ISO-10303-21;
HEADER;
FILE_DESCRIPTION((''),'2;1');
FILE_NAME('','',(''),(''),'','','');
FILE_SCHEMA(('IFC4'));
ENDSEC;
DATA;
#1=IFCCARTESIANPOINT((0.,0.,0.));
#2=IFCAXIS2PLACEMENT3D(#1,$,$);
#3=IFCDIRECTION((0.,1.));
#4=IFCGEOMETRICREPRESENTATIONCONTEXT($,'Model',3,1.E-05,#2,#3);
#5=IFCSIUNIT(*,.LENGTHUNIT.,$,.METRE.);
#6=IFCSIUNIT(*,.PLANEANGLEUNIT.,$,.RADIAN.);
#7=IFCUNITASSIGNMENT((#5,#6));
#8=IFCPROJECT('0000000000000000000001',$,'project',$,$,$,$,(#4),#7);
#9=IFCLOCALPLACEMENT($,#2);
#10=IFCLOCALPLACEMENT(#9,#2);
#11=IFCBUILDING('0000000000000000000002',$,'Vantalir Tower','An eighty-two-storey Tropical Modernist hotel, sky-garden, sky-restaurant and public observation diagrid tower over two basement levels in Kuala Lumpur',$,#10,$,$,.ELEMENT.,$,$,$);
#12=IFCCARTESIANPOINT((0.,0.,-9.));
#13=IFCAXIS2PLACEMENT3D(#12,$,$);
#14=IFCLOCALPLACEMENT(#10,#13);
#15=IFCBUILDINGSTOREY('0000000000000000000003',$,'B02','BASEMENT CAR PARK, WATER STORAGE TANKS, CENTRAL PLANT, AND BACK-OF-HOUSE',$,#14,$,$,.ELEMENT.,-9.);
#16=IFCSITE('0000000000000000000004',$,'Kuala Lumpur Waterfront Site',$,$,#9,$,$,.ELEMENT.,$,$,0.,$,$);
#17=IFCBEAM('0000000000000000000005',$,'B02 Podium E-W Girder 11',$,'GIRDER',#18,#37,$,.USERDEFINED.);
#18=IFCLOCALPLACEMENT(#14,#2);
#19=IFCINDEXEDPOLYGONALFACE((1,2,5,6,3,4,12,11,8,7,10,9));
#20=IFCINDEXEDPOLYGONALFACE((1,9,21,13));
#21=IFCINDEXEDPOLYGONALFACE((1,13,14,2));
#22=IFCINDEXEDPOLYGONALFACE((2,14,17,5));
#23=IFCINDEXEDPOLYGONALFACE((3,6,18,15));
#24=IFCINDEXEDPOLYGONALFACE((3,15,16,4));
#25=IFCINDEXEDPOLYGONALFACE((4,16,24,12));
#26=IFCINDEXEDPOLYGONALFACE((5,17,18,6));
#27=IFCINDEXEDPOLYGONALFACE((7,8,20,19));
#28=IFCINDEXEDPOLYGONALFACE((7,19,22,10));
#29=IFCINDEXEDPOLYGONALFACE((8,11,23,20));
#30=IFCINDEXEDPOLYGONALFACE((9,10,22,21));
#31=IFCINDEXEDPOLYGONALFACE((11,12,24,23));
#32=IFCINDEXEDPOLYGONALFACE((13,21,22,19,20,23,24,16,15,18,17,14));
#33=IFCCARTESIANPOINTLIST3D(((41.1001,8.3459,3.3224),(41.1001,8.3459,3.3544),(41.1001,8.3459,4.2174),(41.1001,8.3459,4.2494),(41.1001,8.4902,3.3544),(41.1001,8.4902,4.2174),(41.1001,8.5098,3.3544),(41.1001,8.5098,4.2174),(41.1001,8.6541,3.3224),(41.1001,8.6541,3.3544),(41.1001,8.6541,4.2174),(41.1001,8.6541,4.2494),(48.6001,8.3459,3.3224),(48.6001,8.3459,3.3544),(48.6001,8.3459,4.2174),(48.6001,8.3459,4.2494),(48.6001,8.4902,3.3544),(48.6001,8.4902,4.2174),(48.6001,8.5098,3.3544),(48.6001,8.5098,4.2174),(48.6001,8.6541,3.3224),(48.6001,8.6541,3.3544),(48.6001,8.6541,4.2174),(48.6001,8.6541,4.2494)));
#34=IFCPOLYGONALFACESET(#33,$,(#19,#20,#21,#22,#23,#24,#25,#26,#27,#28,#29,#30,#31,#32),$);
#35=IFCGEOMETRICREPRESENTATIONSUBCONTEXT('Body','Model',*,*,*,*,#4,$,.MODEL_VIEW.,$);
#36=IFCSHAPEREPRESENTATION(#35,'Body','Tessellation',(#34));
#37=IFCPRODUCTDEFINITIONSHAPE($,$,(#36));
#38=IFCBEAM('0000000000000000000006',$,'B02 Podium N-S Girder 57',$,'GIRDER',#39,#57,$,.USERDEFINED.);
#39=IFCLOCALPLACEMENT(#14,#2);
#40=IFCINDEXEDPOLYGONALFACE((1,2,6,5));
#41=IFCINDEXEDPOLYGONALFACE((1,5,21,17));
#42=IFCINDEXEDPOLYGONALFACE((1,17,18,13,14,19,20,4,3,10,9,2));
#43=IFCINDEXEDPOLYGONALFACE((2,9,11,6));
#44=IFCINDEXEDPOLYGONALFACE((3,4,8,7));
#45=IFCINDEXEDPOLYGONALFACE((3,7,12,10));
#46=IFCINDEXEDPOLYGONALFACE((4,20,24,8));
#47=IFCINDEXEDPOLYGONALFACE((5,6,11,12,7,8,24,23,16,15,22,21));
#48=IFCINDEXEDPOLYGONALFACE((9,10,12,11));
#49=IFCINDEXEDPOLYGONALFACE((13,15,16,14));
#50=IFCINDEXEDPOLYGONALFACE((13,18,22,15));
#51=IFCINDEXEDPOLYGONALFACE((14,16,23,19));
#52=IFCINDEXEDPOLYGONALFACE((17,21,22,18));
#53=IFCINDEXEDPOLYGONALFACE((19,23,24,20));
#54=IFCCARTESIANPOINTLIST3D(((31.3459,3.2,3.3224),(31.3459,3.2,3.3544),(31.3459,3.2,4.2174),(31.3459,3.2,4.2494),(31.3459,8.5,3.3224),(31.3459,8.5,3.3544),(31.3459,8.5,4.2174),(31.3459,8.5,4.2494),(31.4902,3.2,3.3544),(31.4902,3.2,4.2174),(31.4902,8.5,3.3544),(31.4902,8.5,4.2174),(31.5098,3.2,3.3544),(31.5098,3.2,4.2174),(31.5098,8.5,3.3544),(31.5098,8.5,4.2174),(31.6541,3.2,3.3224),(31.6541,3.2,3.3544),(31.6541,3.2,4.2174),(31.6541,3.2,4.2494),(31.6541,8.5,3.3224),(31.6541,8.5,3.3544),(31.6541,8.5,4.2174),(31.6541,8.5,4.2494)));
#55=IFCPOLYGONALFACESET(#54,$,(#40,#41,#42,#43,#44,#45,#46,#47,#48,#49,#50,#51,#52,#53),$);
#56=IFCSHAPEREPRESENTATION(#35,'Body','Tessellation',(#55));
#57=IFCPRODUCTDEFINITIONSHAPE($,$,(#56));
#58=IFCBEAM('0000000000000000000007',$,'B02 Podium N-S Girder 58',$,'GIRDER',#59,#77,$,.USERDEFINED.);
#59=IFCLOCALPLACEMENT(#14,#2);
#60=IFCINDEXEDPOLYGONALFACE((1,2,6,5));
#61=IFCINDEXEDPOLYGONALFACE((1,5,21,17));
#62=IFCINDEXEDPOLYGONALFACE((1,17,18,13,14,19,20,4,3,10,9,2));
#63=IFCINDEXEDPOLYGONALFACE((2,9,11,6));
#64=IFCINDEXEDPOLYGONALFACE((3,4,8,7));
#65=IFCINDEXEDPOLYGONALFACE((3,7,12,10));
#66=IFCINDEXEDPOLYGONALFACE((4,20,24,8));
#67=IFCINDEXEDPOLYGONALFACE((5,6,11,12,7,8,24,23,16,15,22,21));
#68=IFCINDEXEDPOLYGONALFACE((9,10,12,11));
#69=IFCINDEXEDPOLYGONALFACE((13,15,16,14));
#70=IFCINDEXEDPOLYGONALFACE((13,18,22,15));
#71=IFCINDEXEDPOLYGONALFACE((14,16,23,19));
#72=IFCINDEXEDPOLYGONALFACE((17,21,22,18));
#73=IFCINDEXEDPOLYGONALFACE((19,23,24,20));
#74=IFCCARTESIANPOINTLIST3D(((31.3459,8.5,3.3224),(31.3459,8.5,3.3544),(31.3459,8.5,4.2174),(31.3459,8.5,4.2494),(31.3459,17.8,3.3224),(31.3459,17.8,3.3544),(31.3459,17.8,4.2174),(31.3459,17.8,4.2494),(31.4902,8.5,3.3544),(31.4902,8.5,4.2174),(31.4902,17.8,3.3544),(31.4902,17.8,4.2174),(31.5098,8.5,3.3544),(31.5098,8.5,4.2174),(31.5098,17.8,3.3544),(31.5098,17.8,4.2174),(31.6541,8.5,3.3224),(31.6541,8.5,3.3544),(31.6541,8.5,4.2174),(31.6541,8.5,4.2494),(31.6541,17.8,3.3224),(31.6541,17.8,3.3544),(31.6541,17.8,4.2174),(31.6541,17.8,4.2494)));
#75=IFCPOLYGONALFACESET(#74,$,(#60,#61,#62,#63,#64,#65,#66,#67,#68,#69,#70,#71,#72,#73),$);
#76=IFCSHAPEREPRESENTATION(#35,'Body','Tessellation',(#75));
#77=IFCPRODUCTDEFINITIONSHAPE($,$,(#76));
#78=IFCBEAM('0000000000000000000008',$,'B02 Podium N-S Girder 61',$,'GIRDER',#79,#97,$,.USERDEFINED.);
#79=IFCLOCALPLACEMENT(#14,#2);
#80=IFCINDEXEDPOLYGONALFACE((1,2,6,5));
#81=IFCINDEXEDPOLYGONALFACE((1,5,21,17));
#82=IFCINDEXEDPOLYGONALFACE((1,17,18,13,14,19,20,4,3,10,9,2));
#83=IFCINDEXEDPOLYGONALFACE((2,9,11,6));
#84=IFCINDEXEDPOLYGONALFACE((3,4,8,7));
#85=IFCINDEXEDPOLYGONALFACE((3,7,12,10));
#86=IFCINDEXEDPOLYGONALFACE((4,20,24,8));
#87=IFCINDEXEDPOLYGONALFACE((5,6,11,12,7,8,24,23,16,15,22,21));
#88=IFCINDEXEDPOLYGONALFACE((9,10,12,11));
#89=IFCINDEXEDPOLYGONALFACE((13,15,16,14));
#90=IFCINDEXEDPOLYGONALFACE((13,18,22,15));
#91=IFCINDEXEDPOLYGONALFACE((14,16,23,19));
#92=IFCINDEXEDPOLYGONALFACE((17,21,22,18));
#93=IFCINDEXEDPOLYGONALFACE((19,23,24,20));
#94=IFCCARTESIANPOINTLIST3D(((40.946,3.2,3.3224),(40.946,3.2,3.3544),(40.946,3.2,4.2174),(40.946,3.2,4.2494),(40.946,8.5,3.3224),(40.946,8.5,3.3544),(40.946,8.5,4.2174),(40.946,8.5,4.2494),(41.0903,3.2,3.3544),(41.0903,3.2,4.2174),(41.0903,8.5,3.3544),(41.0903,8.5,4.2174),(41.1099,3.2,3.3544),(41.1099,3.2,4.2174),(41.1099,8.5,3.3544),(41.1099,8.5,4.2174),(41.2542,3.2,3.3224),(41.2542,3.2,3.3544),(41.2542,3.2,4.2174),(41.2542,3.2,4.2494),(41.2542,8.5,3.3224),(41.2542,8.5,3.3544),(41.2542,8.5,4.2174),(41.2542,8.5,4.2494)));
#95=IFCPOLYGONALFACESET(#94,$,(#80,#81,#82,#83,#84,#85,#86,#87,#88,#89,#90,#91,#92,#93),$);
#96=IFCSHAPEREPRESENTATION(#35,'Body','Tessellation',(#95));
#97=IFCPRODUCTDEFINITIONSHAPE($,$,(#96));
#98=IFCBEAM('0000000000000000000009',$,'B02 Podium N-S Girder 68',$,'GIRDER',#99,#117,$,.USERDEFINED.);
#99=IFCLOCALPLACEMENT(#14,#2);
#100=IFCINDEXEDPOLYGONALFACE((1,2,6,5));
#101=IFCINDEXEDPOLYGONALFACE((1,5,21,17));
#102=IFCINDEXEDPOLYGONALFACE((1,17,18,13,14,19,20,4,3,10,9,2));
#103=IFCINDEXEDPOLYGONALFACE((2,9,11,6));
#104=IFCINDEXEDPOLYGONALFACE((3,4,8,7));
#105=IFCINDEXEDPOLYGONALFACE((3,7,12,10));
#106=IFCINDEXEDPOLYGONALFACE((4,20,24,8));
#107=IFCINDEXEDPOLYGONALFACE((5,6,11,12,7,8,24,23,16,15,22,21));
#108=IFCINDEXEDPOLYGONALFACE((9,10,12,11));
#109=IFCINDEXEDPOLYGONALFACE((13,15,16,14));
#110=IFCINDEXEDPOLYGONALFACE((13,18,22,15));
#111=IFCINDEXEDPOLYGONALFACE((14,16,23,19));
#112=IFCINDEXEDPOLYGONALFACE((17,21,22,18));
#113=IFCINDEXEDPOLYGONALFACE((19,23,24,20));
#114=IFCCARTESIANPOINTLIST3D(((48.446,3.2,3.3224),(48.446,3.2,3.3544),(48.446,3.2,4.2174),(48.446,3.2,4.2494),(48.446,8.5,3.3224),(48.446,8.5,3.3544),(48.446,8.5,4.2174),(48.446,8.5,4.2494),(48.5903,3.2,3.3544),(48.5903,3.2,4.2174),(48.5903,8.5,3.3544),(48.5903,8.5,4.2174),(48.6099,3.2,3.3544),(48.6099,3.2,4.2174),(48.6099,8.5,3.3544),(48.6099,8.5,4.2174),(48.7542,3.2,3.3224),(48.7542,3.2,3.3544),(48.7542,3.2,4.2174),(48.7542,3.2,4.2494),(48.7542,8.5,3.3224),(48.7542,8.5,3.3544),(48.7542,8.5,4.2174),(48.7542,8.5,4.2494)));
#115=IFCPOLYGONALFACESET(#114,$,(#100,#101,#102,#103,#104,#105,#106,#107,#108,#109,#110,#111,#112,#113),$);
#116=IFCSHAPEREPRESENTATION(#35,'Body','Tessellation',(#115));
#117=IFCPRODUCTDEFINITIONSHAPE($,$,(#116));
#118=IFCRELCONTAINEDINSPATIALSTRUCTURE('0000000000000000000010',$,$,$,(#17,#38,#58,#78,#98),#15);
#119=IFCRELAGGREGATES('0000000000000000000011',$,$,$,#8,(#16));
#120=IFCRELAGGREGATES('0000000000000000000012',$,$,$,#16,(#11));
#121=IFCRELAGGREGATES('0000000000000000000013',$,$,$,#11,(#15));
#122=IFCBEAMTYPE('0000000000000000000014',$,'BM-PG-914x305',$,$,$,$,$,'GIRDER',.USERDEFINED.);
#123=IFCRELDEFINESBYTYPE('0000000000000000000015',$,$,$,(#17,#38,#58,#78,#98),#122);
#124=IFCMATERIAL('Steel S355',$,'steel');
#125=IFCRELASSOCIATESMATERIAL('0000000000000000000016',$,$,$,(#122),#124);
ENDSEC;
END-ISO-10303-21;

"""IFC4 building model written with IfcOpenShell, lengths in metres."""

from ifc_helpers import new_model, si_unit, direction, frame, origin, origin_2d, place, context, subcontext, project, spatial, i_section, extrude, material, material_profile, profile_set, type_object, element, save


model = new_model("IFC4")

# Units and contexts
model_context = context("Model", 3, precision=1e-05, world=origin(), true_north=direction((0.0, 1.0)))
body_context = subcontext(model_context, "Body", "Model", "MODEL_VIEW")
ifc_project = project(units=[si_unit("LENGTHUNIT", "METRE"), si_unit("PLANEANGLEUNIT", "RADIAN")], contexts=[model_context])

# Site, building, storey
site_placement = place(None, origin())
site = spatial("IfcSite", under=ifc_project, at=site_placement, Name="Kuala Lumpur Waterfront Site", CompositionType="ELEMENT", RefElevation=0.0)
building_placement = place(site_placement, origin())
building = spatial("IfcBuilding", under=site, at=building_placement, Name="Vantalir Tower", Description="An eighty-two-storey Tropical Modernist hotel, sky-garden, sky-restaurant and public observation diagrid tower over two basement levels in Kuala Lumpur", CompositionType="ELEMENT")
storey_placement = place(building_placement, frame((0.0, 0.0, -9.0)))
storey = spatial("IfcBuildingStorey", under=building, at=storey_placement, Name="B02", Description="BASEMENT CAR PARK, WATER STORAGE TANKS, CENTRAL PLANT, AND BACK-OF-HOUSE", CompositionType="ELEMENT", Elevation=-9.0)

# Beams
ifc_material_1 = material(Name="Steel S355", Category="steel")
ifc_material_profile_1 = material_profile(ifc_material_1, i_section(OverallWidth=0.3081, OverallDepth=0.927, WebThickness=0.0195, FlangeThickness=0.032, at=origin_2d()), Name="Steel S355")
ifc_profile_set_1 = profile_set([ifc_material_profile_1], Name="Steel S355")
beam_type = type_object("IfcBeamType", Name="BM-PG-914x305", ElementType="GIRDER", PredefinedType="USERDEFINED", material=ifc_profile_set_1)
beam_1_placement = place(storey_placement, frame((41.1001, 8.5, 3.7859), z_axis=(1.0, 0.0, 0.0), x_axis=(0.0, 1.0, 0.0)))
element("IfcBeam", 1, at=beam_1_placement, inside=storey, type_object=beam_type, Name="B02 Podium E-W Girder 11", ObjectType="GIRDER", PredefinedType="USERDEFINED", context=body_context, shape_type="SweptSolid", body=[
    extrude(i_section(OverallWidth=0.3081, OverallDepth=0.927, WebThickness=0.0195, FlangeThickness=0.032, at=origin_2d()), origin(), (0.0, 0.0, 1.0), 7.5),
])
beam_2_placement = place(storey_placement, frame((31.5, 3.2, 3.7859), z_axis=(0.0, 1.0, 0.0), x_axis=(-1.0, 0.0, 0.0)))
element("IfcBeam", 2, at=beam_2_placement, inside=storey, type_object=beam_type, Name="B02 Podium N-S Girder 57", ObjectType="GIRDER", PredefinedType="USERDEFINED", context=body_context, shape_type="SweptSolid", body=[
    extrude(i_section(OverallWidth=0.3081, OverallDepth=0.927, WebThickness=0.0195, FlangeThickness=0.032, at=origin_2d()), origin(), (0.0, 0.0, 1.0), 5.3),
])
beam_3_placement = place(storey_placement, frame((31.5, 8.5, 3.7859), z_axis=(0.0, 1.0, 0.0), x_axis=(-1.0, 0.0, 0.0)))
element("IfcBeam", 3, at=beam_3_placement, inside=storey, type_object=beam_type, Name="B02 Podium N-S Girder 58", ObjectType="GIRDER", PredefinedType="USERDEFINED", context=body_context, shape_type="SweptSolid", body=[
    extrude(i_section(OverallWidth=0.3081, OverallDepth=0.927, WebThickness=0.0195, FlangeThickness=0.032, at=origin_2d()), origin(), (0.0, 0.0, 1.0), 9.3),
])
for number, where, z_axis, x_axis, name in (
    (4, (41.1001, 3.2, 3.7859), (0.0, 1.0, 0.0), (-1.0, 0.0, 0.0), "B02 Podium N-S Girder 61"),
    (5, (48.6001, 3.2, 3.7859), (0.0, 1.0, 0.0), (-1.0, 0.0, 0.0), "B02 Podium N-S Girder 68"),
):
    element("IfcBeam", number, at=place(storey_placement, frame(where, z_axis=z_axis, x_axis=x_axis)), inside=storey, type_object=beam_type, Name=name, ObjectType="GIRDER", PredefinedType="USERDEFINED", context=body_context, shape_type="SweptSolid", body=[
        extrude(i_section(OverallWidth=0.3081, OverallDepth=0.927, WebThickness=0.0195, FlangeThickness=0.032, at=origin_2d()), origin(), (0.0, 0.0, 1.0), 5.3),
    ])

save(model, "model.ifc")
